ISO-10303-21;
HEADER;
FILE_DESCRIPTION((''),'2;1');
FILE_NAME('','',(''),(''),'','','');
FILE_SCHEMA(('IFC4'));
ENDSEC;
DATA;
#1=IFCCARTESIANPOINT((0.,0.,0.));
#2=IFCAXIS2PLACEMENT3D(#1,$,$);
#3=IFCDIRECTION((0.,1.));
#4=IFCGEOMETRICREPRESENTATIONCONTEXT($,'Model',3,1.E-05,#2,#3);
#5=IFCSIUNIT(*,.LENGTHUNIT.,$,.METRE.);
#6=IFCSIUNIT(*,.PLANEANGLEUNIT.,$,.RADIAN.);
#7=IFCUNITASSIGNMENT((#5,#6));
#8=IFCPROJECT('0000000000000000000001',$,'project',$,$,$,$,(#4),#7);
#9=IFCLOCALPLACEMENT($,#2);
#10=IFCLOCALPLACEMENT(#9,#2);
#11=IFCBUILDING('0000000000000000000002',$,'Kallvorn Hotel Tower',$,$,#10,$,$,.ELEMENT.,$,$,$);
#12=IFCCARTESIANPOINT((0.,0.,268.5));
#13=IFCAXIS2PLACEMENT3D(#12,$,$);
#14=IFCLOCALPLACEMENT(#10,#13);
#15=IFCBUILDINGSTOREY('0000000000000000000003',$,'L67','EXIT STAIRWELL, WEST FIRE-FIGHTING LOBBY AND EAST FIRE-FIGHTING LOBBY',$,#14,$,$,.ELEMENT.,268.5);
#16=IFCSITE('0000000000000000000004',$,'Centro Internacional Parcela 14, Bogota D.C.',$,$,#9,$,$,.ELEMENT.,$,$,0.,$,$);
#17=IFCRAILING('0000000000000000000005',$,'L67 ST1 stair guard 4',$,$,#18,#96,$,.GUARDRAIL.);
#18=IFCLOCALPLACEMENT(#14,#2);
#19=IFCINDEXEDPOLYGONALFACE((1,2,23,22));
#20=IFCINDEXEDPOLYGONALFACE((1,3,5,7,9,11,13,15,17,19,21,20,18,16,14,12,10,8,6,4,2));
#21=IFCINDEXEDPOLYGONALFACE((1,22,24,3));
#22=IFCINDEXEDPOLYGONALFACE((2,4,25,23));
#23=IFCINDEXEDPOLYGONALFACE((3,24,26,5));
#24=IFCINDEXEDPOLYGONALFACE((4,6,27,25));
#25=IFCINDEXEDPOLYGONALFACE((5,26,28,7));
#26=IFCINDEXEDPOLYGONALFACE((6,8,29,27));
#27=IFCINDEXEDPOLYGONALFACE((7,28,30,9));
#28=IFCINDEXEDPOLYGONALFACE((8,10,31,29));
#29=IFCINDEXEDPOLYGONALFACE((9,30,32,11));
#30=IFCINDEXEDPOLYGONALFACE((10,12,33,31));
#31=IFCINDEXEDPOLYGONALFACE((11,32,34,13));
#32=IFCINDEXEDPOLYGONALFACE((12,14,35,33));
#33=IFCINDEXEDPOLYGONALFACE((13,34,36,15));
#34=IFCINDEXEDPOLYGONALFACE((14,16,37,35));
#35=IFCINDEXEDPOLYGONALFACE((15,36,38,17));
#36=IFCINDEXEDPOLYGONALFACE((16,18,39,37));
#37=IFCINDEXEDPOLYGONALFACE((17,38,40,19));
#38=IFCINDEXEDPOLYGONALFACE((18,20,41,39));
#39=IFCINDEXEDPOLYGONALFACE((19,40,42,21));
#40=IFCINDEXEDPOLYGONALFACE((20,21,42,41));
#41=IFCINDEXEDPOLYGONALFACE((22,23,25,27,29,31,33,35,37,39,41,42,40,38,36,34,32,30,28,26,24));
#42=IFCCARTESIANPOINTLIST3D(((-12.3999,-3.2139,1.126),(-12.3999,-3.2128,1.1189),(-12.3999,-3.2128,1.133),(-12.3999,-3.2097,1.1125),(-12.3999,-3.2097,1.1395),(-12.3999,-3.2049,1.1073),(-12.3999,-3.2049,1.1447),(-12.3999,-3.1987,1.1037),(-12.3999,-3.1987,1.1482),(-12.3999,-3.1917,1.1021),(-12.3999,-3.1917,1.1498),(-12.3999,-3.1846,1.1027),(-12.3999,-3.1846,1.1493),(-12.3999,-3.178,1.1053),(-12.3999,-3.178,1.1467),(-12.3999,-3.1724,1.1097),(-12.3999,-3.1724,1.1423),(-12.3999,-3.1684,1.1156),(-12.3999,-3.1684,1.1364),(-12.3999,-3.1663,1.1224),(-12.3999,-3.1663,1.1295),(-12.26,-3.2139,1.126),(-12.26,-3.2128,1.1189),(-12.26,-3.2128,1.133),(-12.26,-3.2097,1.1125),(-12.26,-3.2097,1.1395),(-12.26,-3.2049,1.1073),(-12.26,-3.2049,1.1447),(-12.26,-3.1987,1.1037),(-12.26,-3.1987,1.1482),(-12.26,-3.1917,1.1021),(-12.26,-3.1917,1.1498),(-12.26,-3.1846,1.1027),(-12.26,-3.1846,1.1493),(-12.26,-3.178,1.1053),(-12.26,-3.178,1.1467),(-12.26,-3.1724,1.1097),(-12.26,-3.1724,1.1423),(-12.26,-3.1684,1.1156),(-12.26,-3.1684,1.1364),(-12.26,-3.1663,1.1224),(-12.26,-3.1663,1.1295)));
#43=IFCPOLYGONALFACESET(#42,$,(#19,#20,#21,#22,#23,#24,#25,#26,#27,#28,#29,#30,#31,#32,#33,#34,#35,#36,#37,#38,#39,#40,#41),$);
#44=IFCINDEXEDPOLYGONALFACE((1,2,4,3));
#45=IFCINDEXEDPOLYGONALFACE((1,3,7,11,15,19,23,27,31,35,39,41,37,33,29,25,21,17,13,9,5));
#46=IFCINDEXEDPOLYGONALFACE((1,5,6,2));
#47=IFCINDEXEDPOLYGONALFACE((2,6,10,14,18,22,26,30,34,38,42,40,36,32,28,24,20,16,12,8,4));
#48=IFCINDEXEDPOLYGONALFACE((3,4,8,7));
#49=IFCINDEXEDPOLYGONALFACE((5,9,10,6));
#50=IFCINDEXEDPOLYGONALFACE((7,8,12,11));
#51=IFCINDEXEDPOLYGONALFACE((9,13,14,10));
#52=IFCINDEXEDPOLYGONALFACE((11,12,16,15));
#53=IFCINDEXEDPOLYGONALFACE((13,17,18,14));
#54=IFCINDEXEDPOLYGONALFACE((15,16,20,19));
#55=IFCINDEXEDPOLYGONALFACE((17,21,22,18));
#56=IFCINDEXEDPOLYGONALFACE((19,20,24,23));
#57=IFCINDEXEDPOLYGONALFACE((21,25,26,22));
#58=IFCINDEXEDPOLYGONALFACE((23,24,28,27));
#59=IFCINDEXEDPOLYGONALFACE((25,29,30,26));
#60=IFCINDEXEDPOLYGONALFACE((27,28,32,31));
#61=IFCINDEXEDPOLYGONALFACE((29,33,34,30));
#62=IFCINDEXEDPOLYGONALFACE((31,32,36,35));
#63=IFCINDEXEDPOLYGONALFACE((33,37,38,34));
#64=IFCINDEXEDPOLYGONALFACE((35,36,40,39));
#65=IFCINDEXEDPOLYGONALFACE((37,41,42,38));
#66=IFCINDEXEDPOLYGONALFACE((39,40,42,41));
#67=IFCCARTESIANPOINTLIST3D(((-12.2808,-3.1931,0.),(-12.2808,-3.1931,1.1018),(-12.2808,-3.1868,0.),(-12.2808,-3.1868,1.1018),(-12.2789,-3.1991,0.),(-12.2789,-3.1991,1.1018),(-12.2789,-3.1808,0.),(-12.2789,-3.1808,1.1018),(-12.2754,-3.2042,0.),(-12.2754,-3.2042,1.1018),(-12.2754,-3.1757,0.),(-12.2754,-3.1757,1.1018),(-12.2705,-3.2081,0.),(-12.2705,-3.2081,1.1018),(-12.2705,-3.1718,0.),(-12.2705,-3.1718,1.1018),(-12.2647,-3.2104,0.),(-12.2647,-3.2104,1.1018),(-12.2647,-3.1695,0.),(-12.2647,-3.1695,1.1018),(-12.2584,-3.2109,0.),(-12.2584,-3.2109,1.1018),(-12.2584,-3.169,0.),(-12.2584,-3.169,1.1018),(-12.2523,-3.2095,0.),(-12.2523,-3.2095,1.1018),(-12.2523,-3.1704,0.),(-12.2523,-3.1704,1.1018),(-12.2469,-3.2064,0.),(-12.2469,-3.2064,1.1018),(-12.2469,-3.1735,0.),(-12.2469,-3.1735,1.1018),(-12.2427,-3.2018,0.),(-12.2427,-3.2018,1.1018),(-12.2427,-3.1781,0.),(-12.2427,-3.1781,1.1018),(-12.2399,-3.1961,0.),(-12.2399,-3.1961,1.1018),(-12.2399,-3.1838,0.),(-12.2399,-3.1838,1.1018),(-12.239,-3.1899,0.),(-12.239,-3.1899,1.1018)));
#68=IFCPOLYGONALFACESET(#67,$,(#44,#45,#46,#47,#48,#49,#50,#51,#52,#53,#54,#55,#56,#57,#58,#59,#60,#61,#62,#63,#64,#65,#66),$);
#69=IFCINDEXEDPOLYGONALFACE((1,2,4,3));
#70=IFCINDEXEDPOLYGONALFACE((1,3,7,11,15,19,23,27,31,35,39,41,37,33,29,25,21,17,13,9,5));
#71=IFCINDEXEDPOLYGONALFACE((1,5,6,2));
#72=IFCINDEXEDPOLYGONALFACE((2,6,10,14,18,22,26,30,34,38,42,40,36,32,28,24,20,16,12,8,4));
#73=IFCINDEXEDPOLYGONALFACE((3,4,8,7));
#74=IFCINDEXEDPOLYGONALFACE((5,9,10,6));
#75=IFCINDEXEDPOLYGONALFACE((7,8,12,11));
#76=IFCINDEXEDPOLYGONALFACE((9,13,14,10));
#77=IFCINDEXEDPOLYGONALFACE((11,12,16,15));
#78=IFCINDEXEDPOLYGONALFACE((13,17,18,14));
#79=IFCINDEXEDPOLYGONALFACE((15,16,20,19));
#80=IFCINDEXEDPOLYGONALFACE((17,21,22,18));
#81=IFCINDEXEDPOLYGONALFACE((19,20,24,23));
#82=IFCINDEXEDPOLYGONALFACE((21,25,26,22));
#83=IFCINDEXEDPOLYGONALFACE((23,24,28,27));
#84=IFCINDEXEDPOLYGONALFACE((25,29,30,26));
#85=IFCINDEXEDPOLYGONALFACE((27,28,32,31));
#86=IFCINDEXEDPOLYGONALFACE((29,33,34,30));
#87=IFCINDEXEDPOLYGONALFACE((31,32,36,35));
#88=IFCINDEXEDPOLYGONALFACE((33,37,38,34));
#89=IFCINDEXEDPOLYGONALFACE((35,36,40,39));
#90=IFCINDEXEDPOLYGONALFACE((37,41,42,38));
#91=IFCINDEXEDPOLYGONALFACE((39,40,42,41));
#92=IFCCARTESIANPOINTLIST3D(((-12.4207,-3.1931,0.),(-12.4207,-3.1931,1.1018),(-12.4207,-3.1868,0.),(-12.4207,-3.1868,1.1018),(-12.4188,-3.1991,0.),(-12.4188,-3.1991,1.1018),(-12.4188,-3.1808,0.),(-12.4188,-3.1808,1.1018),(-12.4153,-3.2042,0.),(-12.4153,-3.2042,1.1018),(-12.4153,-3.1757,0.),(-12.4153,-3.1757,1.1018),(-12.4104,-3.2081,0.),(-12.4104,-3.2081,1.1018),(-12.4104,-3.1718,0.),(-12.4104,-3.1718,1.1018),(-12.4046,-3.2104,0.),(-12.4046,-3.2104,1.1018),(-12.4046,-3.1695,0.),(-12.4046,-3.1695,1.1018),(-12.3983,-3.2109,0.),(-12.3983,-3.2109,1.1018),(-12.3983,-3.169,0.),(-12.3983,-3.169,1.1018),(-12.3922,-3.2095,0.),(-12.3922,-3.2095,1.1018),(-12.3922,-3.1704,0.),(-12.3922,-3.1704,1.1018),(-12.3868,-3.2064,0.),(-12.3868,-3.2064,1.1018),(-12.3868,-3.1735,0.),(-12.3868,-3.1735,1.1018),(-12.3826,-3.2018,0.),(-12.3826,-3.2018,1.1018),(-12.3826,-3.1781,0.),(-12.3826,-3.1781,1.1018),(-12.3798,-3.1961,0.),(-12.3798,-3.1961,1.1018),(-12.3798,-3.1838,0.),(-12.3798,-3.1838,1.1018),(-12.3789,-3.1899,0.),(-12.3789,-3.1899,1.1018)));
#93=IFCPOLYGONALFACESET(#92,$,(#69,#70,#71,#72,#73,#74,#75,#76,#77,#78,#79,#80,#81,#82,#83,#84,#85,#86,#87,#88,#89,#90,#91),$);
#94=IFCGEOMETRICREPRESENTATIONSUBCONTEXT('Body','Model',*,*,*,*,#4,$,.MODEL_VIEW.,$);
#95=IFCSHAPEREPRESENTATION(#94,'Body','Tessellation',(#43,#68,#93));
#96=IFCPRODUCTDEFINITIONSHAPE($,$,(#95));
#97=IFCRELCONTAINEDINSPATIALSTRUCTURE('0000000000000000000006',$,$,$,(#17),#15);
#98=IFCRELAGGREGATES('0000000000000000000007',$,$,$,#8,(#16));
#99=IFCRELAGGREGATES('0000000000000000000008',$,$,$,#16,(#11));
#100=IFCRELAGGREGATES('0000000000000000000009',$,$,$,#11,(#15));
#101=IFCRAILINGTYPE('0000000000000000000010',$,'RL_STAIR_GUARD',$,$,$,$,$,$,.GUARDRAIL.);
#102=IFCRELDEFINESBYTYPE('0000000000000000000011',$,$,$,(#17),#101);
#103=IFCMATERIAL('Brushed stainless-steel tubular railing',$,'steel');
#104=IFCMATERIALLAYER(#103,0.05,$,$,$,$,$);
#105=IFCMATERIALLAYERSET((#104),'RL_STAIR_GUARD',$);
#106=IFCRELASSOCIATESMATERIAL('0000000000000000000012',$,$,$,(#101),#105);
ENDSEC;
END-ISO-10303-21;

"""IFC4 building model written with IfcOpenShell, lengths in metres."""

from ifc_helpers import new_model, si_unit, direction, frame, origin, origin_2d, place, context, subcontext, project, spatial, circle, extrude, material, layer, layer_set, type_object, element, save


model = new_model("IFC4")

# Units and contexts
model_context = context("Model", 3, precision=1e-05, world=origin(), true_north=direction((0.0, 1.0)))
body_context = subcontext(model_context, "Body", "Model", "MODEL_VIEW")
ifc_project = project(units=[si_unit("LENGTHUNIT", "METRE"), si_unit("PLANEANGLEUNIT", "RADIAN")], contexts=[model_context])

# Site, building, storey
site_placement = place(None, origin())
site = spatial("IfcSite", under=ifc_project, at=site_placement, Name="Centro Internacional Parcela 14, Bogota D.C.", CompositionType="ELEMENT", RefElevation=0.0)
building_placement = place(site_placement, origin())
building = spatial("IfcBuilding", under=site, at=building_placement, Name="Kallvorn Hotel Tower", CompositionType="ELEMENT")
storey_placement = place(building_placement, frame((0.0, 0.0, 268.5)))
storey = spatial("IfcBuildingStorey", under=building, at=storey_placement, Name="L67", Description="EXIT STAIRWELL, WEST FIRE-FIGHTING LOBBY AND EAST FIRE-FIGHTING LOBBY", CompositionType="ELEMENT", Elevation=268.5)

# Railing
ifc_material_1 = material(Name="Brushed stainless-steel tubular railing", Category="steel")
ifc_layer_1 = layer(ifc_material_1, 0.05)
ifc_layer_set_1 = layer_set([ifc_layer_1], Name="RL_STAIR_GUARD")
railing_type_1 = type_object("IfcRailingType", Name="RL_STAIR_GUARD", PredefinedType="GUARDRAIL", material=ifc_layer_set_1)
railing_1_placement = place(storey_placement, frame((-12.26, -3.1899, 0.0)))
element("IfcRailing", 1, at=railing_1_placement, inside=storey, type_object=railing_type_1, Name="L67 ST1 stair guard 4", PredefinedType="GUARDRAIL", context=body_context, shape_type="SweptSolid", body=[
    extrude(circle(Radius=0.0239, at=origin_2d()), frame((0.0, 0.0, 1.126), z_axis=(-1.0, 0.0, 0.0), x_axis=(0.0, -1.0, 0.0)), (0.0, 0.0, 1.0), 0.1399),
    extrude(circle(Radius=0.021, at=origin_2d()), origin(), (0.0, 0.0, 1.0), 1.1018),
    extrude(circle(Radius=0.021, at=origin_2d()), frame((-0.1399, 0.0, 0.0)), (0.0, 0.0, 1.0), 1.1018),
])

save(model, "model.ifc")
